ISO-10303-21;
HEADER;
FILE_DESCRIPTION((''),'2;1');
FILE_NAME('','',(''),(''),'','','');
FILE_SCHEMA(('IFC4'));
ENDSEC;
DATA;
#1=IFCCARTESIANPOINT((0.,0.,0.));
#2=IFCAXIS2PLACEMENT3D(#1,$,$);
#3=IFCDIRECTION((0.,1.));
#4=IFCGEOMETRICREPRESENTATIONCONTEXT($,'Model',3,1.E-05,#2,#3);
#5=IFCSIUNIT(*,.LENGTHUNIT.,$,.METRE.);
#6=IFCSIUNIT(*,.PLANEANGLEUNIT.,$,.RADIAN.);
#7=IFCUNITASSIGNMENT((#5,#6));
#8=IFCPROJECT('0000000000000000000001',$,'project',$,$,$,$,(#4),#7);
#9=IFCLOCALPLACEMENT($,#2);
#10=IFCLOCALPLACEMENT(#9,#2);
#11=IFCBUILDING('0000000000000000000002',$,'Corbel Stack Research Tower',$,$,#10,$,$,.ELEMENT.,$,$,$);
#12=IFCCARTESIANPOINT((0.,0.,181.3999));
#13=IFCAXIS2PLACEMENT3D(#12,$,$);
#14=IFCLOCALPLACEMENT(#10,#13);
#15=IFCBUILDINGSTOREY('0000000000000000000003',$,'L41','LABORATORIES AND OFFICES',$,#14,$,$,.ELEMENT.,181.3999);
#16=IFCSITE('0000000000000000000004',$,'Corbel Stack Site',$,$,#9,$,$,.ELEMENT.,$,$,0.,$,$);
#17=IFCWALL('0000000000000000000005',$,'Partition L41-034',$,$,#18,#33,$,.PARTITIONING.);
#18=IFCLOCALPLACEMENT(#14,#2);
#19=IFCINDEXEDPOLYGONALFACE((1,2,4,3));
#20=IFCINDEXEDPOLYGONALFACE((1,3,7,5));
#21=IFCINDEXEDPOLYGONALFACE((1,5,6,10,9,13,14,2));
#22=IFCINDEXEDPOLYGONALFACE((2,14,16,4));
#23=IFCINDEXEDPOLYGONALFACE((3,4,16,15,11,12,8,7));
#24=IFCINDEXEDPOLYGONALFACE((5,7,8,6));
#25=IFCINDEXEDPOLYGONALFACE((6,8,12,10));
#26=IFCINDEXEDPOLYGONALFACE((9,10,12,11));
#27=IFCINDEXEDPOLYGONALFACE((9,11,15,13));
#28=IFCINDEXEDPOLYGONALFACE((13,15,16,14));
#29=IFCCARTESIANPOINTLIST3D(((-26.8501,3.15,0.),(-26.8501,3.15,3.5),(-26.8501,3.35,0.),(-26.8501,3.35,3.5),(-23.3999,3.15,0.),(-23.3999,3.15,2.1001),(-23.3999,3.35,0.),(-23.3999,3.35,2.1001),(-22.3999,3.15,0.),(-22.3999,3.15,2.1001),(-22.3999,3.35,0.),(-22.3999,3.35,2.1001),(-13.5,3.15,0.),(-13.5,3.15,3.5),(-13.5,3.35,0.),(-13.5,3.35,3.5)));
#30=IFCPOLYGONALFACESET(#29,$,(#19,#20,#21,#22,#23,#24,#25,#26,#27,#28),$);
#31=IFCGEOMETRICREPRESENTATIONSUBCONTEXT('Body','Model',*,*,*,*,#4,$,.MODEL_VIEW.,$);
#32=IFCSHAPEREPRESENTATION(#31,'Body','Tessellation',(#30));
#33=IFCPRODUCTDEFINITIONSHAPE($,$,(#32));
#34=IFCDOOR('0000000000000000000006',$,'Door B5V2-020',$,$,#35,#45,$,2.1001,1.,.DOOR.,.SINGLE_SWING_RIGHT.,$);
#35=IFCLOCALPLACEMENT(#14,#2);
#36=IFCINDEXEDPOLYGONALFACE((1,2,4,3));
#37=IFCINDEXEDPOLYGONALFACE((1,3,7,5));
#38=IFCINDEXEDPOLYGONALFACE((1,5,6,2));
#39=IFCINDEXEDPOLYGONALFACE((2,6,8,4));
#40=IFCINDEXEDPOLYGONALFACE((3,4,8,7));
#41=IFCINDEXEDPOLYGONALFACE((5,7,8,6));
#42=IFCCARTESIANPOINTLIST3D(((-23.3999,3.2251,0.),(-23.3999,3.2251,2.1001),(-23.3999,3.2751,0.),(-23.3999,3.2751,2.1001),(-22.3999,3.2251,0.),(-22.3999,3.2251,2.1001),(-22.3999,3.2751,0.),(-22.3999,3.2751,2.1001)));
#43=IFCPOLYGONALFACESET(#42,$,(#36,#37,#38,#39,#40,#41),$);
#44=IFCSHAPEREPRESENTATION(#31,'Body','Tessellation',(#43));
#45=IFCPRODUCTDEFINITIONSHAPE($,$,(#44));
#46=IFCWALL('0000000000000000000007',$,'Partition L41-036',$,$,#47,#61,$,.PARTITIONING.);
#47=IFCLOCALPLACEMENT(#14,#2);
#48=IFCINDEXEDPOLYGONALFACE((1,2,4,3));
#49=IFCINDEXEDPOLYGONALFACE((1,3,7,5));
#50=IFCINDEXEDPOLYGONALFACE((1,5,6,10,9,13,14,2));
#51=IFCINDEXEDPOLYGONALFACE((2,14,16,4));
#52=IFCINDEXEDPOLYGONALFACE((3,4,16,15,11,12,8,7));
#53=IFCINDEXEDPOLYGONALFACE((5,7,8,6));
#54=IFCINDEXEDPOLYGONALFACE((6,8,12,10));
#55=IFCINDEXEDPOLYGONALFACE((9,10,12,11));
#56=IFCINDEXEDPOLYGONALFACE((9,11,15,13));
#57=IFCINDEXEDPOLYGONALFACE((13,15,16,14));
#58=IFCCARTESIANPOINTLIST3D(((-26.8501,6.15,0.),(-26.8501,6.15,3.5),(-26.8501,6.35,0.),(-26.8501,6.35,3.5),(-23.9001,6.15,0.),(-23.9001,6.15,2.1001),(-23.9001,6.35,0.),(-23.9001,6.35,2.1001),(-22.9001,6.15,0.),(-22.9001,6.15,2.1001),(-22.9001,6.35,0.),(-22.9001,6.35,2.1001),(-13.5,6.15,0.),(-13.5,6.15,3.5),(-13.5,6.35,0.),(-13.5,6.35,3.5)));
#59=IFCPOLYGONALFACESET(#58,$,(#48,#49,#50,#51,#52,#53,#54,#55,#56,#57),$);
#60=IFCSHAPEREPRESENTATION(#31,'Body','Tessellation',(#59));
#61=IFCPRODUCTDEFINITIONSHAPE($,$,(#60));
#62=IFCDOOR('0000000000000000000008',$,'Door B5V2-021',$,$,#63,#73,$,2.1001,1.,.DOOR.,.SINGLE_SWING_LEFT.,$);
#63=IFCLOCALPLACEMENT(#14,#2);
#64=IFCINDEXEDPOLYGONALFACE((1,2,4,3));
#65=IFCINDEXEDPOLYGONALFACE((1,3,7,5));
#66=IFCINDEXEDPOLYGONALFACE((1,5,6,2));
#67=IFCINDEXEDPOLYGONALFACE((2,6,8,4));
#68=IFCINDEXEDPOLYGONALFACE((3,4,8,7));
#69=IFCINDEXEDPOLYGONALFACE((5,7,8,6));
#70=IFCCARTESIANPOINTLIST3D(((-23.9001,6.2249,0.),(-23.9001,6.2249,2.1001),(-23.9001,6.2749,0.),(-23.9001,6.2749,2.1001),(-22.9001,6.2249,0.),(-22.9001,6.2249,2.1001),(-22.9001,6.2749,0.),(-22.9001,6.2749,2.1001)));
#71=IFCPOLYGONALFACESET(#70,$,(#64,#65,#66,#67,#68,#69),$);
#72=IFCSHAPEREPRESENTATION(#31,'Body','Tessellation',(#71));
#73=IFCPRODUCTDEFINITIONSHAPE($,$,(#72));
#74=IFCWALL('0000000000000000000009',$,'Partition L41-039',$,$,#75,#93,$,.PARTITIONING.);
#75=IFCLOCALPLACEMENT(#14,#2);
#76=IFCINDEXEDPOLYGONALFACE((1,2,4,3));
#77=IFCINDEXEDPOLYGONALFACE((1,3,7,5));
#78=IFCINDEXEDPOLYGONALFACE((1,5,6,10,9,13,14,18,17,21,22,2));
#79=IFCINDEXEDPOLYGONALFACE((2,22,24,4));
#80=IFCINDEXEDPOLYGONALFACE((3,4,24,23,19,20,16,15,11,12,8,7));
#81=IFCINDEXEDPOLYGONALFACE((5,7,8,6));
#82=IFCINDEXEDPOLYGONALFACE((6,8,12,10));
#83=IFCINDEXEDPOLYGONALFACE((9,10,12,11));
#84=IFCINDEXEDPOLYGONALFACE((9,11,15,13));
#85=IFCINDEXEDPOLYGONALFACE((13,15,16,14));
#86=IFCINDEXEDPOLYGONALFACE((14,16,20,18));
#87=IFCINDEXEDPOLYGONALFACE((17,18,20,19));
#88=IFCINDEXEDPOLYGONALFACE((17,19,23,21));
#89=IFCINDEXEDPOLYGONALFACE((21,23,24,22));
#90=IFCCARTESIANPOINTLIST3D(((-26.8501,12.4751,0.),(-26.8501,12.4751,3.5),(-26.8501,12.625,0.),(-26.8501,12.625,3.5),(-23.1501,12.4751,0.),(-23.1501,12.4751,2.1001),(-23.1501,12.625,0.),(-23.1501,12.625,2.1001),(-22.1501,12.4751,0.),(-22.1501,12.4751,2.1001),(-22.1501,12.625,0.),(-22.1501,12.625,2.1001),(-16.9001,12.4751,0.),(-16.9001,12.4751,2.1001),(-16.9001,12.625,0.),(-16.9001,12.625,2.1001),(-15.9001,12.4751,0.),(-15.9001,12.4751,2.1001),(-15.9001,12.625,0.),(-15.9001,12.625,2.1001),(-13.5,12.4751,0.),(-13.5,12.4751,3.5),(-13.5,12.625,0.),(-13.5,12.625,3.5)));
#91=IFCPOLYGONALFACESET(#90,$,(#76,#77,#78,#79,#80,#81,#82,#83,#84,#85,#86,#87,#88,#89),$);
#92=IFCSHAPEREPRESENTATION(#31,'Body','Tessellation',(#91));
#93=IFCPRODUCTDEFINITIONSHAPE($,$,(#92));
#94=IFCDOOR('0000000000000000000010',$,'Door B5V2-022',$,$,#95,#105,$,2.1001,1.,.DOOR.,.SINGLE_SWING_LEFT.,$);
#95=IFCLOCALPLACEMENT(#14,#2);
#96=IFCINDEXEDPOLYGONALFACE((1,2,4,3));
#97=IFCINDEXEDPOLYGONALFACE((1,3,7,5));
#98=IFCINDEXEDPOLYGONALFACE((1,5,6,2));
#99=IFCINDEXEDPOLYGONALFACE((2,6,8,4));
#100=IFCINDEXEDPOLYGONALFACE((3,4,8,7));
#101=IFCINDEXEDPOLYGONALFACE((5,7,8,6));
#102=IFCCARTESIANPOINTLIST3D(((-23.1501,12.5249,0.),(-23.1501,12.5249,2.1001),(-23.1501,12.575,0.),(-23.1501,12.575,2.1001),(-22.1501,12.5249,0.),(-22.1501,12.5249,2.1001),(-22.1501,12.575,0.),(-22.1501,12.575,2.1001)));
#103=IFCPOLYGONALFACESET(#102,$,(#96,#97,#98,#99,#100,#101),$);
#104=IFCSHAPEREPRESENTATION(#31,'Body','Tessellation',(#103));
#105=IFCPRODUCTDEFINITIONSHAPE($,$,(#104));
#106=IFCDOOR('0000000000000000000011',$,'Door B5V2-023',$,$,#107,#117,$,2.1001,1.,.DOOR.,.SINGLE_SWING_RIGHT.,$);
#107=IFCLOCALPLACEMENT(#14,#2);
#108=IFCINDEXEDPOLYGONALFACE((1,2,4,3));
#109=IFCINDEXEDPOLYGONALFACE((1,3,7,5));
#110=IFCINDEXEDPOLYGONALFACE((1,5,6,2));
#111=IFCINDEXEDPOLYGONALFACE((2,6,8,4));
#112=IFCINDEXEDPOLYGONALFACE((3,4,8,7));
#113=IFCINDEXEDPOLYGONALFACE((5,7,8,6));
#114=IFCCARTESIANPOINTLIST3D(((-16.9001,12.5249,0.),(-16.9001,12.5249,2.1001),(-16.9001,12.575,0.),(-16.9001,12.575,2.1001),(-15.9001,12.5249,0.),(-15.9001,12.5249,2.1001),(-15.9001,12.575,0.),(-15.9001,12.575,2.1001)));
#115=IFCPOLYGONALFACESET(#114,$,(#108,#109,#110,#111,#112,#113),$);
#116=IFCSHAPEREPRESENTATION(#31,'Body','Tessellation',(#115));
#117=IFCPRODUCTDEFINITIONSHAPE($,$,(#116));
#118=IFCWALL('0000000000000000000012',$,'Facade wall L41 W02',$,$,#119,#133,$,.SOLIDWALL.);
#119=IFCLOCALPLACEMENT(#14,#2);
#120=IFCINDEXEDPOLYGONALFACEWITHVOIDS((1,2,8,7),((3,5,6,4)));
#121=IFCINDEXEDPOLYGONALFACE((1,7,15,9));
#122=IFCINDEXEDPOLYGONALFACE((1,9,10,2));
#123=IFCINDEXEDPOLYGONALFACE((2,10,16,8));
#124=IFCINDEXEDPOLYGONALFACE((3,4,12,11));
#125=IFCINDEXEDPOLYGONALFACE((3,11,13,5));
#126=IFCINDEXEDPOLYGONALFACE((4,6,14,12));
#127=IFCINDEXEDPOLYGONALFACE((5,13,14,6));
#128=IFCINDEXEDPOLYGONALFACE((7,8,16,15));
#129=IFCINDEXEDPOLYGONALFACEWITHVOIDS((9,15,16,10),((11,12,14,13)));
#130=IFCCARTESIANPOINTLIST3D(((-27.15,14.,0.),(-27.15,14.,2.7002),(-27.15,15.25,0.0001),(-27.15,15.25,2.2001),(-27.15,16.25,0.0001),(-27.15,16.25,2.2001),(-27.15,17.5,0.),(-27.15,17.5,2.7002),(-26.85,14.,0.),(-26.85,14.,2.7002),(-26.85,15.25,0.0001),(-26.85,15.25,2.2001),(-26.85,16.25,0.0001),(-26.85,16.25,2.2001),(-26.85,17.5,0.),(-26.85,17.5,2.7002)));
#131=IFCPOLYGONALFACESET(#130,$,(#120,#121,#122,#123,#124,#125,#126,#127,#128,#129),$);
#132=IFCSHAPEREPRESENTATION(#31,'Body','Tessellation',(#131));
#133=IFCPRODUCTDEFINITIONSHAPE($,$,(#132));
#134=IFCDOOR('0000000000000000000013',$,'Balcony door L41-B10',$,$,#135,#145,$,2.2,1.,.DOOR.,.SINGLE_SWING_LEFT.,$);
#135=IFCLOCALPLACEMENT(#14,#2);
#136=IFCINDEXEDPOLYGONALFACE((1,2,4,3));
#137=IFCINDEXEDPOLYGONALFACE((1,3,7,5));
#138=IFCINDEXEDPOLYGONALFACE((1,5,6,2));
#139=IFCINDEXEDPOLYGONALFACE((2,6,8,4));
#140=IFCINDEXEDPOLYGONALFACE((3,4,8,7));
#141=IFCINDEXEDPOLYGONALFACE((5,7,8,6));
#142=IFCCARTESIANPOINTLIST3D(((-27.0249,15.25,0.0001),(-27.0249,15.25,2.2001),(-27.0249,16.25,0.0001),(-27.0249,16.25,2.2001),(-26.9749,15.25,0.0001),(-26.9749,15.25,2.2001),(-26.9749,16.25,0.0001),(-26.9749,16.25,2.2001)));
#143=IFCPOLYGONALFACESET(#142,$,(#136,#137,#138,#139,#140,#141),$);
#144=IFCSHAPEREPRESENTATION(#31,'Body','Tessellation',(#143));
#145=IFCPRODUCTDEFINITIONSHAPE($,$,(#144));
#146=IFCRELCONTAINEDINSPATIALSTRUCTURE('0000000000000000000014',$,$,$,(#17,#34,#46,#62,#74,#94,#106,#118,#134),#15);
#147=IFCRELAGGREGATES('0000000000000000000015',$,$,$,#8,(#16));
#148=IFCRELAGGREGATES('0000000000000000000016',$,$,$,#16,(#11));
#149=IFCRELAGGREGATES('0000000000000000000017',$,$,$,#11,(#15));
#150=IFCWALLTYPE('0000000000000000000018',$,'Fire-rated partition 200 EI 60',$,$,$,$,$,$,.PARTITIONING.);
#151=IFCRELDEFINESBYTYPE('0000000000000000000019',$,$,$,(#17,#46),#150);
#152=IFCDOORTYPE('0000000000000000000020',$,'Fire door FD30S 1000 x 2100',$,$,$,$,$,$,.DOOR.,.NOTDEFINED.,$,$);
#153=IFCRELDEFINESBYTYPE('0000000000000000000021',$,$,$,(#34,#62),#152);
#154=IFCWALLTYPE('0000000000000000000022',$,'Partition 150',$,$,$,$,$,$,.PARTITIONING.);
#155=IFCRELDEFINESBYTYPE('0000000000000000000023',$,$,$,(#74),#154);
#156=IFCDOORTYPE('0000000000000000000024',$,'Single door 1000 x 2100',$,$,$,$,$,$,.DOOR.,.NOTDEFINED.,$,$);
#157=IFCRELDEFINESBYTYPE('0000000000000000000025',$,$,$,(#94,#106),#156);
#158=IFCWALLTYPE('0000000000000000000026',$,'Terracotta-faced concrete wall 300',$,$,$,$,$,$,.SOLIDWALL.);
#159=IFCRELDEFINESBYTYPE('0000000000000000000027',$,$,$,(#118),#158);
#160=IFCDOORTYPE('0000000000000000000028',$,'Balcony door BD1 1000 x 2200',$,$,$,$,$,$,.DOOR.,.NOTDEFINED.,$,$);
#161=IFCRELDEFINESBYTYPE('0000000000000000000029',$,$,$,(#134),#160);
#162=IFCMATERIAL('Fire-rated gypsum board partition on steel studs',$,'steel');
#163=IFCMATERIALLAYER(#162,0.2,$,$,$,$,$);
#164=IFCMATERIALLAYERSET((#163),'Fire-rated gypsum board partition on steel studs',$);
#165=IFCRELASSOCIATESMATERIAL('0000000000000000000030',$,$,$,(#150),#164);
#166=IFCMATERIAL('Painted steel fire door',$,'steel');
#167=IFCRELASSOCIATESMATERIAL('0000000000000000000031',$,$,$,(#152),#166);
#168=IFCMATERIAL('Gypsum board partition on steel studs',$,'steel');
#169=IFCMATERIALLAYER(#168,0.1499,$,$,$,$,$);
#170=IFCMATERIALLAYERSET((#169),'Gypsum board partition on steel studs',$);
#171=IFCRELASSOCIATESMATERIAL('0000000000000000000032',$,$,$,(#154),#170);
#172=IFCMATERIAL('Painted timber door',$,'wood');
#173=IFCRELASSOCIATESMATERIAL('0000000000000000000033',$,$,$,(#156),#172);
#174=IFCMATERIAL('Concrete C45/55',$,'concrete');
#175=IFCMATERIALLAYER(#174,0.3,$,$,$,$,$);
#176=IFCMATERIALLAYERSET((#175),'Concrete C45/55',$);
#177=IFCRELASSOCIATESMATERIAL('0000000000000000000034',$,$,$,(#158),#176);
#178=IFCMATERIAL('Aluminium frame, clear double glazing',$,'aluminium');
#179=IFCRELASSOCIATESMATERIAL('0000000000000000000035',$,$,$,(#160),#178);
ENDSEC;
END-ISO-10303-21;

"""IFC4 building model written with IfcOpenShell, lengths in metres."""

from ifc_helpers import new_model, si_unit, direction, frame, frame_2d, origin, place, context, subcontext, project, spatial, rectangle, extrude, material, layer, layer_set, type_object, element, fill, save


model = new_model("IFC4")

# Units and contexts
model_context = context("Model", 3, precision=1e-05, world=origin(), true_north=direction((0.0, 1.0)))
body_context = subcontext(model_context, "Body", "Model", "MODEL_VIEW")
ifc_project = project(units=[si_unit("LENGTHUNIT", "METRE"), si_unit("PLANEANGLEUNIT", "RADIAN")], contexts=[model_context])

# Site, building, storey
site_placement = place(None, origin())
site = spatial("IfcSite", under=ifc_project, at=site_placement, Name="Corbel Stack Site", CompositionType="ELEMENT", RefElevation=0.0)
building_placement = place(site_placement, origin())
building = spatial("IfcBuilding", under=site, at=building_placement, Name="Corbel Stack Research Tower", CompositionType="ELEMENT")
storey_placement = place(building_placement, frame((0.0, 0.0, 181.3999)))
storey = spatial("IfcBuildingStorey", under=building, at=storey_placement, Name="L41", Description="LABORATORIES AND OFFICES", CompositionType="ELEMENT", Elevation=181.3999)

# Shared definitions
ifc_material_1 = material(Name="Fire-rated gypsum board partition on steel studs", Category="steel")
ifc_layer_1 = layer(ifc_material_1, 0.2)
ifc_layer_set_1 = layer_set([ifc_layer_1], Name="Fire-rated gypsum board partition on steel studs")
wall_type_1 = type_object("IfcWallType", Name="Fire-rated partition 200 EI 60", PredefinedType="PARTITIONING", material=ifc_layer_set_1)

# Walls, openings, doors
wall_1_placement = place(storey_placement, frame((-13.5, 3.25, 0.0), z_axis=(0.0, 0.0, 1.0), x_axis=(-1.0, 0.0, 0.0)))
wall_1 = element("IfcWall", 1, at=wall_1_placement, inside=storey, type_object=wall_type_1, Name="Partition L41-034", PredefinedType="PARTITIONING", context=body_context, shape_type="SweptSolid", body=[
    extrude(rectangle(XDim=13.3501, YDim=0.2, at=frame_2d((6.675, 0.0))), origin(), (0.0, 0.0, 1.0), 3.5),
])
opening_1_placement = place(wall_1_placement, frame((8.8999, 0.0, 0.0)))
opening_1 = element("IfcOpeningElement", 2, at=opening_1_placement, cuts=wall_1, PredefinedType="OPENING", context=body_context, shape_type="SweptSolid", body=[
    extrude(rectangle(XDim=1.0, YDim=2.1001, at=frame_2d((0.5, 1.05))), frame((0.0, 0.1099, 0.0), z_axis=(0.0, -1.0, 0.0), x_axis=(1.0, 0.0, 0.0)), (0.0, 0.0, 1.0), 0.22),
])
ifc_material_2 = material(Name="Painted steel fire door", Category="steel")
door_type_1 = type_object("IfcDoorType", Name="Fire door FD30S 1000 x 2100", OperationType="NOTDEFINED", PredefinedType="DOOR", material=ifc_material_2)
door_1_placement = place(opening_1_placement, origin())
door_1 = element("IfcDoor", 3, at=door_1_placement, inside=storey, type_object=door_type_1, Name="Door B5V2-020", OperationType="SINGLE_SWING_RIGHT", OverallHeight=2.1001, OverallWidth=1.0, PredefinedType="DOOR", context=body_context, shape_type="SweptSolid", body=[
    extrude(rectangle(XDim=1.0, YDim=2.1001, at=frame_2d((0.5, 1.05))), frame((0.0, 0.0249, 0.0), z_axis=(0.0, -1.0, 0.0), x_axis=(1.0, 0.0, 0.0)), (0.0, 0.0, 1.0), 0.05),
])
fill(opening_1, door_1)
wall_2_placement = place(storey_placement, frame((-26.8501, 6.25, 0.0), z_axis=(0.0, 0.0, 1.0), x_axis=(1.0, 0.0, 0.0)))
wall_2 = element("IfcWall", 4, at=wall_2_placement, inside=storey, type_object=wall_type_1, Name="Partition L41-036", PredefinedType="PARTITIONING", context=body_context, shape_type="SweptSolid", body=[
    extrude(rectangle(XDim=13.3501, YDim=0.2, at=frame_2d((6.675, 0.0))), origin(), (0.0, 0.0, 1.0), 3.5),
])
opening_2_placement = place(wall_2_placement, frame((2.95, 0.0, 0.0)))
opening_2 = element("IfcOpeningElement", 5, at=opening_2_placement, cuts=wall_2, PredefinedType="OPENING", context=body_context, shape_type="SweptSolid", body=[
    extrude(rectangle(XDim=1.0, YDim=2.1001, at=frame_2d((0.5, 1.05))), frame((0.0, 0.1099, 0.0), z_axis=(0.0, -1.0, 0.0), x_axis=(1.0, 0.0, 0.0)), (0.0, 0.0, 1.0), 0.22),
])
door_2_placement = place(opening_2_placement, origin())
door_2 = element("IfcDoor", 6, at=door_2_placement, inside=storey, type_object=door_type_1, Name="Door B5V2-021", OperationType="SINGLE_SWING_LEFT", OverallHeight=2.1001, OverallWidth=1.0, PredefinedType="DOOR", context=body_context, shape_type="SweptSolid", body=[
    extrude(rectangle(XDim=1.0, YDim=2.1001, at=frame_2d((0.5, 1.05))), frame((0.0, 0.0249, 0.0), z_axis=(0.0, -1.0, 0.0), x_axis=(1.0, 0.0, 0.0)), (0.0, 0.0, 1.0), 0.05),
])
fill(opening_2, door_2)

# Wall, openings, doors
ifc_material_3 = material(Name="Gypsum board partition on steel studs", Category="steel")
ifc_layer_2 = layer(ifc_material_3, 0.1499)
ifc_layer_set_2 = layer_set([ifc_layer_2], Name="Gypsum board partition on steel studs")
wall_type_2 = type_object("IfcWallType", Name="Partition 150", PredefinedType="PARTITIONING", material=ifc_layer_set_2)
wall_3_placement = place(storey_placement, frame((-26.8501, 12.55, 0.0), z_axis=(0.0, 0.0, 1.0), x_axis=(1.0, 0.0, 0.0)))
wall_3 = element("IfcWall", 7, at=wall_3_placement, inside=storey, type_object=wall_type_2, Name="Partition L41-039", PredefinedType="PARTITIONING", context=body_context, shape_type="SweptSolid", body=[
    extrude(rectangle(XDim=13.3501, YDim=0.1499, at=frame_2d((6.675, 0.0))), origin(), (0.0, 0.0, 1.0), 3.5),
])
opening_3_placement = place(wall_3_placement, frame((3.7, 0.0, 0.0)))
opening_3 = element("IfcOpeningElement", 8, at=opening_3_placement, cuts=wall_3, PredefinedType="OPENING", context=body_context, shape_type="SweptSolid", body=[
    extrude(rectangle(XDim=1.0, YDim=2.1001, at=frame_2d((0.5, 1.05))), frame((0.0, 0.085, 0.0), z_axis=(0.0, -1.0, 0.0), x_axis=(1.0, 0.0, 0.0)), (0.0, 0.0, 1.0), 0.1699),
])
opening_4_placement = place(wall_3_placement, frame((9.95, 0.0, 0.0)))
opening_4 = element("IfcOpeningElement", 9, at=opening_4_placement, cuts=wall_3, PredefinedType="OPENING", context=body_context, shape_type="SweptSolid", body=[
    extrude(rectangle(XDim=1.0, YDim=2.1001, at=frame_2d((0.5, 1.05))), frame((0.0, 0.085, 0.0), z_axis=(0.0, -1.0, 0.0), x_axis=(1.0, 0.0, 0.0)), (0.0, 0.0, 1.0), 0.1699),
])
ifc_material_4 = material(Name="Painted timber door", Category="wood")
door_type_2 = type_object("IfcDoorType", Name="Single door 1000 x 2100", OperationType="NOTDEFINED", PredefinedType="DOOR", material=ifc_material_4)
door_3_placement = place(opening_3_placement, origin())
door_3 = element("IfcDoor", 10, at=door_3_placement, inside=storey, type_object=door_type_2, Name="Door B5V2-022", OperationType="SINGLE_SWING_LEFT", OverallHeight=2.1001, OverallWidth=1.0, PredefinedType="DOOR", context=body_context, shape_type="SweptSolid", body=[
    extrude(rectangle(XDim=1.0, YDim=2.1001, at=frame_2d((0.5, 1.05))), frame((0.0, 0.0249, 0.0), z_axis=(0.0, -1.0, 0.0), x_axis=(1.0, 0.0, 0.0)), (0.0, 0.0, 1.0), 0.05),
])
fill(opening_3, door_3)
door_4_placement = place(opening_4_placement, origin())
door_4 = element("IfcDoor", 11, at=door_4_placement, inside=storey, type_object=door_type_2, Name="Door B5V2-023", OperationType="SINGLE_SWING_RIGHT", OverallHeight=2.1001, OverallWidth=1.0, PredefinedType="DOOR", context=body_context, shape_type="SweptSolid", body=[
    extrude(rectangle(XDim=1.0, YDim=2.1001, at=frame_2d((0.5, 1.05))), frame((0.0, 0.0249, 0.0), z_axis=(0.0, -1.0, 0.0), x_axis=(1.0, 0.0, 0.0)), (0.0, 0.0, 1.0), 0.05),
])
fill(opening_4, door_4)

# Wall, opening, door
ifc_material_5 = material(Name="Concrete C45/55", Category="concrete")
ifc_layer_3 = layer(ifc_material_5, 0.3)
ifc_layer_set_3 = layer_set([ifc_layer_3], Name="Concrete C45/55")
wall_type_3 = type_object("IfcWallType", Name="Terracotta-faced concrete wall 300", PredefinedType="SOLIDWALL", material=ifc_layer_set_3)
wall_4_placement = place(storey_placement, frame((-27.0, 14.0, 0.0), z_axis=(0.0, 0.0, 1.0), x_axis=(0.0, 1.0, 0.0)))
wall_4 = element("IfcWall", 12, at=wall_4_placement, inside=storey, type_object=wall_type_3, Name="Facade wall L41 W02", PredefinedType="SOLIDWALL", context=body_context, shape_type="SweptSolid", body=[
    extrude(rectangle(XDim=3.5, YDim=0.3, at=frame_2d((1.75, 0.0))), origin(), (0.0, 0.0, 1.0), 2.7002),
])
opening_5_placement = place(wall_4_placement, frame((1.25, 0.0, 0.0)))
opening_5 = element("IfcOpeningElement", 13, at=opening_5_placement, cuts=wall_4, PredefinedType="OPENING", context=body_context, shape_type="SweptSolid", body=[
    extrude(rectangle(XDim=1.0, YDim=2.2, at=frame_2d((0.5, 1.1001))), frame((0.0, 0.1599, 0.0), z_axis=(0.0, -1.0, 0.0), x_axis=(1.0, 0.0, 0.0)), (0.0, 0.0, 1.0), 0.3201),
])
ifc_material_6 = material(Name="Aluminium frame, clear double glazing", Category="aluminium")
door_type_3 = type_object("IfcDoorType", Name="Balcony door BD1 1000 x 2200", OperationType="NOTDEFINED", PredefinedType="DOOR", material=ifc_material_6)
door_5_placement = place(opening_5_placement, origin())
door_5 = element("IfcDoor", 14, at=door_5_placement, inside=storey, type_object=door_type_3, Name="Balcony door L41-B10", OperationType="SINGLE_SWING_LEFT", OverallHeight=2.2, OverallWidth=1.0, PredefinedType="DOOR", context=body_context, shape_type="SweptSolid", body=[
    extrude(rectangle(XDim=1.0, YDim=2.2, at=frame_2d((0.5, 1.1001))), frame((0.0, 0.0249, 0.0), z_axis=(0.0, -1.0, 0.0), x_axis=(1.0, 0.0, 0.0)), (0.0, 0.0, 1.0), 0.05),
])
fill(opening_5, door_5)

save(model, "model.ifc")
